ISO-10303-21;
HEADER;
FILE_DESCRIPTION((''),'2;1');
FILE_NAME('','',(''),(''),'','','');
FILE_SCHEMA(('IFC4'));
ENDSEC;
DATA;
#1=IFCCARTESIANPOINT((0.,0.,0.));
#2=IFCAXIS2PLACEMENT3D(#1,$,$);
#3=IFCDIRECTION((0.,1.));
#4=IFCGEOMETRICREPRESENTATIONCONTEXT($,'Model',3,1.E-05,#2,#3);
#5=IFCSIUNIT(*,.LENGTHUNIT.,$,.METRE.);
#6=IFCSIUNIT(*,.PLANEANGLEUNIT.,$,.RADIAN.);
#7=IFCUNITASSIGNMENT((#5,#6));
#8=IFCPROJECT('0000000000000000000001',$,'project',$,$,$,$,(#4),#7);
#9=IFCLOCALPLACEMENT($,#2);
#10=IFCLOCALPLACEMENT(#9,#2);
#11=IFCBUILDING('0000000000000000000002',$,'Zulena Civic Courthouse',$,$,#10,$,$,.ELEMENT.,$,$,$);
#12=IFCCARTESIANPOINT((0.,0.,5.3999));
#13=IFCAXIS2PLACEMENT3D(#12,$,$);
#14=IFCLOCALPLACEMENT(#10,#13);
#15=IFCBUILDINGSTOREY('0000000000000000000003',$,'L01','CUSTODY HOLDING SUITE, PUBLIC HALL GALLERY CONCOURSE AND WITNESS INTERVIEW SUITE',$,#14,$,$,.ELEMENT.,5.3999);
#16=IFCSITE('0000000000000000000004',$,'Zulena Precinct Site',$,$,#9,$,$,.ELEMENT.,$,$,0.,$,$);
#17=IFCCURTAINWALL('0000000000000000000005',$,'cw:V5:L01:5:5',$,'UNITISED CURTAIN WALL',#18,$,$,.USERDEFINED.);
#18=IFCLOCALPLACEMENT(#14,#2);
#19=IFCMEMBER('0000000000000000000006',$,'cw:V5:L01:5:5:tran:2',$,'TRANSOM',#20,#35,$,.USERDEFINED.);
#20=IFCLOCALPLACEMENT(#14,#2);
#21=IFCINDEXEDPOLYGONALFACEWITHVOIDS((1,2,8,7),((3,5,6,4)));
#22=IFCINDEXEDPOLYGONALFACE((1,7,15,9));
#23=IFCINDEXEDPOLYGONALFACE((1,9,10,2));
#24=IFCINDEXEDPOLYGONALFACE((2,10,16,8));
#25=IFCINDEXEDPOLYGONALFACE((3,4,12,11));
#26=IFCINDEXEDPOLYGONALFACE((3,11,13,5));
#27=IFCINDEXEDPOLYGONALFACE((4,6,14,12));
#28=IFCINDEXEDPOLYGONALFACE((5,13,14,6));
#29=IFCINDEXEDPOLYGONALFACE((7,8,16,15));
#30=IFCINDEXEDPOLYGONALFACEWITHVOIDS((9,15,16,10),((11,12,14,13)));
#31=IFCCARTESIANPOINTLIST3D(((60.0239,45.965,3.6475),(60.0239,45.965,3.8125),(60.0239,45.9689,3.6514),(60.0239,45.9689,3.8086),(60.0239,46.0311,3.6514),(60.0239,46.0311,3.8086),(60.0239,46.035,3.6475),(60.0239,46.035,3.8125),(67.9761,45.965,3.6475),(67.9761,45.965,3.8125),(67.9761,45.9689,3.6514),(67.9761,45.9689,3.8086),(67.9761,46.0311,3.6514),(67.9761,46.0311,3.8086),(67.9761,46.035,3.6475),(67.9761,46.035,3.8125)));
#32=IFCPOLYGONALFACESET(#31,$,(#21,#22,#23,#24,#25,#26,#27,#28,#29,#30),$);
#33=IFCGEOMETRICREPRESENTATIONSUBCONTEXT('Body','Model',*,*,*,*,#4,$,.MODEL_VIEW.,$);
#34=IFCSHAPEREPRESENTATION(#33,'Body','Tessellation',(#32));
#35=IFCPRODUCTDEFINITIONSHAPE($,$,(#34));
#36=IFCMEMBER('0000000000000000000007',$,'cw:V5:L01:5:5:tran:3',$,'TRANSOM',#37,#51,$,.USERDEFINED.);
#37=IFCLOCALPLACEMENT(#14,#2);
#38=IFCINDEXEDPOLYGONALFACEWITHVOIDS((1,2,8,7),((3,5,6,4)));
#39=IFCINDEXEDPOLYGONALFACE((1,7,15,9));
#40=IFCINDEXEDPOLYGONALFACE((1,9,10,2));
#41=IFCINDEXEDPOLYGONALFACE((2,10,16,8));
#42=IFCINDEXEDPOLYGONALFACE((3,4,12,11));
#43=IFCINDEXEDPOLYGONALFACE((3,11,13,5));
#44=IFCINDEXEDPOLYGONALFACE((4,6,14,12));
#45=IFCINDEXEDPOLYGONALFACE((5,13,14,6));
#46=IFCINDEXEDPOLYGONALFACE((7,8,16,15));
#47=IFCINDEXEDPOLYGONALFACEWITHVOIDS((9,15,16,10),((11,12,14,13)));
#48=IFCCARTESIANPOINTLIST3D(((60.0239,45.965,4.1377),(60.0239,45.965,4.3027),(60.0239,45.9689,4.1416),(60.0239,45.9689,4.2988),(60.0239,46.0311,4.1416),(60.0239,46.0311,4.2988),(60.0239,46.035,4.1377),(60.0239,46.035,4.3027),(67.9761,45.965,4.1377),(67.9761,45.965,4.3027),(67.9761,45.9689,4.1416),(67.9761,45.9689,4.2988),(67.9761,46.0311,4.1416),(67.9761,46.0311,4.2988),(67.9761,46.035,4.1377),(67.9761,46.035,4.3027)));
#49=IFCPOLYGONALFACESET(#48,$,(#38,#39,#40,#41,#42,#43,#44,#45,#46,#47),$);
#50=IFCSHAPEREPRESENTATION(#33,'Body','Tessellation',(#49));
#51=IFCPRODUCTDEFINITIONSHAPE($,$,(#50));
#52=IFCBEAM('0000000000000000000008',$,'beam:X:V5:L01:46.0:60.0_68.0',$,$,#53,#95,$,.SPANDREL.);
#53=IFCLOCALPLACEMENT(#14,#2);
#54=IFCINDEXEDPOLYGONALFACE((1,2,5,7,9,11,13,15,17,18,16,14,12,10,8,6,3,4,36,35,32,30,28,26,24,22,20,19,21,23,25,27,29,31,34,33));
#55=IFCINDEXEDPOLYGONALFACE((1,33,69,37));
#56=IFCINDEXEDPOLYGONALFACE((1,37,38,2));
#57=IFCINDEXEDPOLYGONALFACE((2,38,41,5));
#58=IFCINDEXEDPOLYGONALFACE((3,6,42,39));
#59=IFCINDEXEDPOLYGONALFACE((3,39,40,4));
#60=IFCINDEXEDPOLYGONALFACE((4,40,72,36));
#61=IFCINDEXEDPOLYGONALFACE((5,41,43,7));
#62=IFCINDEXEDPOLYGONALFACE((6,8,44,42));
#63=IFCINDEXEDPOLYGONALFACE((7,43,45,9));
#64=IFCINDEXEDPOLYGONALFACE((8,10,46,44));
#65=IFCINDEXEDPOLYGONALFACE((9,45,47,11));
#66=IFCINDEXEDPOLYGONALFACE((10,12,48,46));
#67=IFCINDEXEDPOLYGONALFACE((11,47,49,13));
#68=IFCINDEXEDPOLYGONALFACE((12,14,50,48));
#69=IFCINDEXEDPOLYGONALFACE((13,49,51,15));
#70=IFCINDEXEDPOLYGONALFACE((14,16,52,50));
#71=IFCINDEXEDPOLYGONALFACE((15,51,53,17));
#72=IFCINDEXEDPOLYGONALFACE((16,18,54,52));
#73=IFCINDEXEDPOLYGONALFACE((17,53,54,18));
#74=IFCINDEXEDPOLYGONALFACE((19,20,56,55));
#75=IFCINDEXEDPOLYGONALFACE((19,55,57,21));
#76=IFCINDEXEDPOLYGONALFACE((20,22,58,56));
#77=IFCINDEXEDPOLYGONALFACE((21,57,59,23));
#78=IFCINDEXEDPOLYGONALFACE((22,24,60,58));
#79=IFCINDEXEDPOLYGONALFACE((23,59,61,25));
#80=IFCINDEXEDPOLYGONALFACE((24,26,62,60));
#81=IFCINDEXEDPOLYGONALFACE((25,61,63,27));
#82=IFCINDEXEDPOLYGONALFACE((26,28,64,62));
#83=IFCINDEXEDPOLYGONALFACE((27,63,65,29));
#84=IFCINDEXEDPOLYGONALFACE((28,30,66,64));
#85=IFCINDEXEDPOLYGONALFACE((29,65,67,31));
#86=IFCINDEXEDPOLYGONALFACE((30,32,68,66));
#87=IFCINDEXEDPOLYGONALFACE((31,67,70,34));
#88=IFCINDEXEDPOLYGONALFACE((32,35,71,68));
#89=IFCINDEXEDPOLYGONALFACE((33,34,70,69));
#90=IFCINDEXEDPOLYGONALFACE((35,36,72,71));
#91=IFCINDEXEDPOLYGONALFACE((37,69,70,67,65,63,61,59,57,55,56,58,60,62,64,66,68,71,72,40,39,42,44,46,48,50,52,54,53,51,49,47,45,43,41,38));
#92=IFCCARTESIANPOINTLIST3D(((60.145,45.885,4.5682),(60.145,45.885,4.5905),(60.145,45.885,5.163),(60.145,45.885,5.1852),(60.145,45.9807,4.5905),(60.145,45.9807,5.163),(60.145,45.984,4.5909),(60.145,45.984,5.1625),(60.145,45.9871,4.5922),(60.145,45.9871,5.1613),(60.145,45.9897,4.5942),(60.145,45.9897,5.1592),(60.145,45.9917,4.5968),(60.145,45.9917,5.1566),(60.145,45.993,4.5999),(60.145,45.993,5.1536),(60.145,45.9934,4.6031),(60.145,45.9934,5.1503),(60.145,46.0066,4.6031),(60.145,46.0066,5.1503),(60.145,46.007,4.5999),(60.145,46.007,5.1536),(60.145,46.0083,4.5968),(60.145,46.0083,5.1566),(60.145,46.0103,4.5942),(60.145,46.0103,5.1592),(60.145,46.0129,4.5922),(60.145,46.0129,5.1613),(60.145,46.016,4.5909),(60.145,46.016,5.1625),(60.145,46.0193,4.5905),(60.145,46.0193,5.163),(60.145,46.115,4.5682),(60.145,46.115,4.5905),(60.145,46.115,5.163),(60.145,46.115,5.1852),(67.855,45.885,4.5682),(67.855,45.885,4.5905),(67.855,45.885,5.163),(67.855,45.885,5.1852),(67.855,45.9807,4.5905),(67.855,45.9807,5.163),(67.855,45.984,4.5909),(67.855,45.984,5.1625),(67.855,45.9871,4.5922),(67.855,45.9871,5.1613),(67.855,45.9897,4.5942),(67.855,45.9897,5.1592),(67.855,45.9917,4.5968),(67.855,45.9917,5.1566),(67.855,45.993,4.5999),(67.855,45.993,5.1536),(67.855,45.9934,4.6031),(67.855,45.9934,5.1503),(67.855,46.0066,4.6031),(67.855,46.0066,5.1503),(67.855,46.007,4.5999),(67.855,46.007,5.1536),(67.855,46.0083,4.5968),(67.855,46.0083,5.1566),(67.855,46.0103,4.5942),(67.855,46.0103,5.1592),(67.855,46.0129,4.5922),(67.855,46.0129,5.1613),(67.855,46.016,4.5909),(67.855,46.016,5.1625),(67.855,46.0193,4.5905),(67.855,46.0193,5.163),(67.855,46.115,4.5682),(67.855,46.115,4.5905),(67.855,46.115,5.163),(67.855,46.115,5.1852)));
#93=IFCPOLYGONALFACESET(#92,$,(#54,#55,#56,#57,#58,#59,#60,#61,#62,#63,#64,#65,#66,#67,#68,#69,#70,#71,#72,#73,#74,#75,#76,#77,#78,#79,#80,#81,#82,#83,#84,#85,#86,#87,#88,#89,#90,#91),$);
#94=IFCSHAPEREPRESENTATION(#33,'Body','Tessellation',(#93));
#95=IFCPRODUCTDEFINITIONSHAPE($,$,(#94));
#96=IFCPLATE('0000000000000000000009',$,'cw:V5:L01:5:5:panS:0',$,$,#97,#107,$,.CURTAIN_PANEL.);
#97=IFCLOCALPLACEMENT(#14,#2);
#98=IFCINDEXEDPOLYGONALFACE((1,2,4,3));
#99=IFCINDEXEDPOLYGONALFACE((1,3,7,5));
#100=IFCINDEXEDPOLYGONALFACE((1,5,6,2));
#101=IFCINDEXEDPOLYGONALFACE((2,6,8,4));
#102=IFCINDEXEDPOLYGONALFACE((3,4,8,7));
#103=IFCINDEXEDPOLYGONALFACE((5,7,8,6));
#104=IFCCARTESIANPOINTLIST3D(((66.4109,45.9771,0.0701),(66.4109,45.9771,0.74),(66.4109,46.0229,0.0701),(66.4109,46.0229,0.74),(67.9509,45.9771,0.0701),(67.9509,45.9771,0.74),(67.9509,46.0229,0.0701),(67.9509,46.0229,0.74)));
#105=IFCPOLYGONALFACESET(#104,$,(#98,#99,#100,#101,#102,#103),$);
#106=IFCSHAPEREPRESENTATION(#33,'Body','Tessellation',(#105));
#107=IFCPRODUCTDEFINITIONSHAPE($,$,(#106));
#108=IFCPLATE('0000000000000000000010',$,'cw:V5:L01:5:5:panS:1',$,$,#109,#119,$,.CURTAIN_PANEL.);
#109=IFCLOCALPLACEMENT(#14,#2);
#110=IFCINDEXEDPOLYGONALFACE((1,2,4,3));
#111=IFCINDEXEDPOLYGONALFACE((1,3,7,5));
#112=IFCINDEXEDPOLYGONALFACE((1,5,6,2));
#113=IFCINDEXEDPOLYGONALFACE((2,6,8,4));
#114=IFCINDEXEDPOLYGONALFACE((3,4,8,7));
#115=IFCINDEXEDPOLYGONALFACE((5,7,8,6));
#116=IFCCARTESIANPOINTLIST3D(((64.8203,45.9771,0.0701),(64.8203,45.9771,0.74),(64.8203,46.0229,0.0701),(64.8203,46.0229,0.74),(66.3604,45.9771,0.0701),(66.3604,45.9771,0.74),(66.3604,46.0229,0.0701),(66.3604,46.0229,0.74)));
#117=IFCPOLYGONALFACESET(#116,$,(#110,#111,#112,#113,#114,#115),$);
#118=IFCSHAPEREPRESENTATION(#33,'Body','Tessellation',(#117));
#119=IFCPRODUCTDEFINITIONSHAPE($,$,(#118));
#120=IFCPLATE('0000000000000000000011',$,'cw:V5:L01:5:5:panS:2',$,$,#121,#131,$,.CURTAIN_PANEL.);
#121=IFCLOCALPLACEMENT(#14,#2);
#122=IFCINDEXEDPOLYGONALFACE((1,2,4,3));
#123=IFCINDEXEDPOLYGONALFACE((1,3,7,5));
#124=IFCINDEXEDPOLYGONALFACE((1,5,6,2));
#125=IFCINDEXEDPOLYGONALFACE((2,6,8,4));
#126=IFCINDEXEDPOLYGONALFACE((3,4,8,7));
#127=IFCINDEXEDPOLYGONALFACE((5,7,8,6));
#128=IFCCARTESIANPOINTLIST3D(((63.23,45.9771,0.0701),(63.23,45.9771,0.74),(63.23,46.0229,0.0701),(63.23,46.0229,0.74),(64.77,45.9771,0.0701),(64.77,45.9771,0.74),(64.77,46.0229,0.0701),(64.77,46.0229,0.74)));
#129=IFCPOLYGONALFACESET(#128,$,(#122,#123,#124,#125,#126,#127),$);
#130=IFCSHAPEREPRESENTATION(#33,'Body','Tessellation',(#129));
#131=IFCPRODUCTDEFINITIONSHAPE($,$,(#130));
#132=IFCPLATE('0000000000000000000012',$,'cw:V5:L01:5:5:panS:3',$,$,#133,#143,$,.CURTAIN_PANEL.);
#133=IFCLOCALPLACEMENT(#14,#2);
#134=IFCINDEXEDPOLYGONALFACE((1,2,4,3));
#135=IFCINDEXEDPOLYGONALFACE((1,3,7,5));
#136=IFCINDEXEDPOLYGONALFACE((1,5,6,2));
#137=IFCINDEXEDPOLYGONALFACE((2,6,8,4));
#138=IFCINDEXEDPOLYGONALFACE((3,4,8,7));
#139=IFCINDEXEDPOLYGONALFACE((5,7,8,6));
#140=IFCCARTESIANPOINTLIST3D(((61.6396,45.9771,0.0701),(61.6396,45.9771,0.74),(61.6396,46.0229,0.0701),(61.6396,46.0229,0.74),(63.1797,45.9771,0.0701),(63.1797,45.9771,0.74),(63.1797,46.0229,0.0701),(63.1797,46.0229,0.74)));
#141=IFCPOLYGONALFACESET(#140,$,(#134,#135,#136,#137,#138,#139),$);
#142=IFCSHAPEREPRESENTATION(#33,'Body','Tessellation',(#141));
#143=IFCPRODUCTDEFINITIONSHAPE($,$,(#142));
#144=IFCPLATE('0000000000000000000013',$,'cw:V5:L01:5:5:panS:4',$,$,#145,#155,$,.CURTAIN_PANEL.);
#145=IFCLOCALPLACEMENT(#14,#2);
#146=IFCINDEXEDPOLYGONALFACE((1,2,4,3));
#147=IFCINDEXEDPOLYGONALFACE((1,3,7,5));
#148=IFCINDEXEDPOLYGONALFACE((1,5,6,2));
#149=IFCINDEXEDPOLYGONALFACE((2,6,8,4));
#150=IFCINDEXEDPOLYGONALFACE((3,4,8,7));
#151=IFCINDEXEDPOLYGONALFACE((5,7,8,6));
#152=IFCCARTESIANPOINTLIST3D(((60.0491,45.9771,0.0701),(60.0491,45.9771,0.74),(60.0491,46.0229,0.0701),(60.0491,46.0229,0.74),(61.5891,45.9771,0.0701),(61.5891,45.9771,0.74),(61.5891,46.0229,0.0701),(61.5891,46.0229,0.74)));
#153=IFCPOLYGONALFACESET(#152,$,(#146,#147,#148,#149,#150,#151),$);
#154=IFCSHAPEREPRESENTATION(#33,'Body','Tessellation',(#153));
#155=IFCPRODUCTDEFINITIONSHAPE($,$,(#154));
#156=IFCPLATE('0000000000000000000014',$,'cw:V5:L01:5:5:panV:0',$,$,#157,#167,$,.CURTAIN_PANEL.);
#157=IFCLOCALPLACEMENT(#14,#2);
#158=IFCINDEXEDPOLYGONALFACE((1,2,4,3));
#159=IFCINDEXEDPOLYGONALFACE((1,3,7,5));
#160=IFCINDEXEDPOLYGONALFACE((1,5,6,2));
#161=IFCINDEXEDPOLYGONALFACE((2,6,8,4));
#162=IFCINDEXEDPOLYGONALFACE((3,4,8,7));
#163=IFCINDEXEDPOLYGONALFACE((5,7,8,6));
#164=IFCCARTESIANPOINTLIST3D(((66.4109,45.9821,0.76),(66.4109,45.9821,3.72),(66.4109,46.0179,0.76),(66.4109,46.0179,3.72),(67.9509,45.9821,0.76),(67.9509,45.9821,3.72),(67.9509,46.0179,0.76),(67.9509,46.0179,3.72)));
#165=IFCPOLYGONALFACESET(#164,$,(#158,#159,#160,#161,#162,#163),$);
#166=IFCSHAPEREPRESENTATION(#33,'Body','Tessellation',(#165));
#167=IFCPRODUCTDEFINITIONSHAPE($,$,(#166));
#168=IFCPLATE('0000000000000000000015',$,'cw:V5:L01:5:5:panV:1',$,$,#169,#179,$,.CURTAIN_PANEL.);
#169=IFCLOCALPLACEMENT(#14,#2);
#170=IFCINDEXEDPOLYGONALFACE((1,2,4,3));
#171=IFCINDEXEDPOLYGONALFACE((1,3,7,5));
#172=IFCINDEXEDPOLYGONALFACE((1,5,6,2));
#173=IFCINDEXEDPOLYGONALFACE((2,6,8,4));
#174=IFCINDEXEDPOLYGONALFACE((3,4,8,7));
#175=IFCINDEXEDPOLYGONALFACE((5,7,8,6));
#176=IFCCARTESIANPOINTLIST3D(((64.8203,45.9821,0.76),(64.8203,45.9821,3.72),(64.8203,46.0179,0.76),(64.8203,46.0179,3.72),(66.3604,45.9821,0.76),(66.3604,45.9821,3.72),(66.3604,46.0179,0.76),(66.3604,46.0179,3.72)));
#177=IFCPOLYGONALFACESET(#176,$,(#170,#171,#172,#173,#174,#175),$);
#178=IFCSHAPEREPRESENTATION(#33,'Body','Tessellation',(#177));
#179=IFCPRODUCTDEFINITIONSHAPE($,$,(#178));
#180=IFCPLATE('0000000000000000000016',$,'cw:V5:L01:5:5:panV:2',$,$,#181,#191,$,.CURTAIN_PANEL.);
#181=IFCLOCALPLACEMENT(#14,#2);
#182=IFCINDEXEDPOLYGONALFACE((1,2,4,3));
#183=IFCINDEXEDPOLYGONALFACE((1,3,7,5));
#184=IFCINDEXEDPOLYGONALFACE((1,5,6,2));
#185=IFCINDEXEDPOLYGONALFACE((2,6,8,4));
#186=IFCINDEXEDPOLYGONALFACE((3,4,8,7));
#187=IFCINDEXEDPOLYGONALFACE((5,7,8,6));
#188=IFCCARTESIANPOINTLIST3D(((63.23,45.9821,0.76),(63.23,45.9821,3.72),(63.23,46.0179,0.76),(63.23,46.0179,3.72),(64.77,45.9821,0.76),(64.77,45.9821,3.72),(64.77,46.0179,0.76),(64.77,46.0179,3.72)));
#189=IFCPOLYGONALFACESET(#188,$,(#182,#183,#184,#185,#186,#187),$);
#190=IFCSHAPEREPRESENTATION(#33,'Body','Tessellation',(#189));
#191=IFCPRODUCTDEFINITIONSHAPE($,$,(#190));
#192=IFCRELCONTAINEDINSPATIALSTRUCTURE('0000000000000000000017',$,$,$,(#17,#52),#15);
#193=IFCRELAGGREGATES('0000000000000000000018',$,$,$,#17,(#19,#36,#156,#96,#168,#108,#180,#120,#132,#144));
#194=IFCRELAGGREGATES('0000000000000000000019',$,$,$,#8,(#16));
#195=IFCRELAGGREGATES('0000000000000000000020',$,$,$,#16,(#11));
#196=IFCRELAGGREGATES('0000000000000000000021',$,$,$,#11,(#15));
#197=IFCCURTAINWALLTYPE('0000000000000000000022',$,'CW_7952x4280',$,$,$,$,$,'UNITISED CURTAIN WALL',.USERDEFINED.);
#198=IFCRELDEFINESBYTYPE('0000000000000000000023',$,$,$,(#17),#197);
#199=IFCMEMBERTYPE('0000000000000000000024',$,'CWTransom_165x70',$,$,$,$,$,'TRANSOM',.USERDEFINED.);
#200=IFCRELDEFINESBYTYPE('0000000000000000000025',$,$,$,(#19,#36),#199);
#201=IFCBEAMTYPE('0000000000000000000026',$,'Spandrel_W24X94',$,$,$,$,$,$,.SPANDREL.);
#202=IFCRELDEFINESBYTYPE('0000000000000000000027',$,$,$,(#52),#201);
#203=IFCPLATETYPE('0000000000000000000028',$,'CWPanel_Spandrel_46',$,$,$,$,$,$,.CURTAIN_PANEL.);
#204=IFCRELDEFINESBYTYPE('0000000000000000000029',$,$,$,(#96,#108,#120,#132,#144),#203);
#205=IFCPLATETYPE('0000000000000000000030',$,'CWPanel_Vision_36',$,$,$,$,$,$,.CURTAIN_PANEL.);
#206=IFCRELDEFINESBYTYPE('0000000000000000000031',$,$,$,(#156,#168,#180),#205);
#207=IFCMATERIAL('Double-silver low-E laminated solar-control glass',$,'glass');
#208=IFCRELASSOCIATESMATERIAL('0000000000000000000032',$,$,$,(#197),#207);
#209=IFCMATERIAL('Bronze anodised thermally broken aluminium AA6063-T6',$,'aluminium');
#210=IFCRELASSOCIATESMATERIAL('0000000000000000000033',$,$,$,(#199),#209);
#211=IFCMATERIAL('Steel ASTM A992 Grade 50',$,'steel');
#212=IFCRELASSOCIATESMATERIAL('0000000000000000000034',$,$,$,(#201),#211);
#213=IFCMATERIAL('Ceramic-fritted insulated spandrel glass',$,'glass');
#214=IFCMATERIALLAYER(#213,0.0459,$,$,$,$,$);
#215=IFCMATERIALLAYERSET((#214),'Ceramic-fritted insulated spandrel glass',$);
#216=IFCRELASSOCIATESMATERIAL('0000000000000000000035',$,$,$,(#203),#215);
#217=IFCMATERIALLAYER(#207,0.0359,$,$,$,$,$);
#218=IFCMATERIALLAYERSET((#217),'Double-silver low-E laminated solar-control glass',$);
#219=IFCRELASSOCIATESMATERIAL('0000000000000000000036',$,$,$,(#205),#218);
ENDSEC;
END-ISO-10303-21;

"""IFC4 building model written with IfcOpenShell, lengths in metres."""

from ifc_helpers import new_model, si_unit, direction, frame, origin, origin_2d, place, context, subcontext, project, spatial, rectangle, hollow_rectangle, i_section, extrude, material, layer, layer_set, material_profile, profile_set, type_object, element, aggregate, save


model = new_model("IFC4")

# Units and contexts
model_context = context("Model", 3, precision=1e-05, world=origin(), true_north=direction((0.0, 1.0)))
body_context = subcontext(model_context, "Body", "Model", "MODEL_VIEW")
ifc_project = project(units=[si_unit("LENGTHUNIT", "METRE"), si_unit("PLANEANGLEUNIT", "RADIAN")], contexts=[model_context])

# Site, building, storey
site_placement = place(None, origin())
site = spatial("IfcSite", under=ifc_project, at=site_placement, Name="Zulena Precinct Site", CompositionType="ELEMENT", RefElevation=0.0)
building_placement = place(site_placement, origin())
building = spatial("IfcBuilding", under=site, at=building_placement, Name="Zulena Civic Courthouse", CompositionType="ELEMENT")
storey_placement = place(building_placement, frame((0.0, 0.0, 5.3999)))
storey = spatial("IfcBuildingStorey", under=building, at=storey_placement, Name="L01", Description="CUSTODY HOLDING SUITE, PUBLIC HALL GALLERY CONCOURSE AND WITNESS INTERVIEW SUITE", CompositionType="ELEMENT", Elevation=5.3999)

# Shared definitions
ifc_material_1 = material(Name="Steel ASTM A992 Grade 50", Category="steel")

# Curtain wall, members
ifc_material_2 = material(Name="Double-silver low-E laminated solar-control glass", Category="glass")
curtain_wall_type = type_object("IfcCurtainWallType", Name="CW_7952x4280", ElementType="UNITISED CURTAIN WALL", PredefinedType="USERDEFINED", material=ifc_material_2)
curtain_wall_placement = place(storey_placement, origin())
curtain_wall = element("IfcCurtainWall", 1, at=curtain_wall_placement, inside=storey, type_object=curtain_wall_type, Name="cw:V5:L01:5:5", ObjectType="UNITISED CURTAIN WALL", PredefinedType="USERDEFINED")
ifc_material_3 = material(Name="Bronze anodised thermally broken aluminium AA6063-T6", Category="aluminium")
ifc_material_profile_1 = material_profile(ifc_material_3, hollow_rectangle(XDim=0.0701, YDim=0.165, WallThickness=0.0039, at=origin_2d()), Name="CWT165X70X4")
ifc_profile_set_1 = profile_set([ifc_material_profile_1], Name="Bronze anodised thermally broken aluminium AA6063-T6")
member_type_1 = type_object("IfcMemberType", Name="CWTransom_165x70", ElementType="TRANSOM", PredefinedType="USERDEFINED", material=ifc_profile_set_1)
member_1_placement = place(storey_placement, frame((67.9761, 46.0, 3.73), z_axis=(-1.0, 0.0, 0.0), x_axis=(0.0, -1.0, 0.0)))
member_1 = element("IfcMember", 2, at=member_1_placement, type_object=member_type_1, Name="cw:V5:L01:5:5:tran:2", ObjectType="TRANSOM", PredefinedType="USERDEFINED", context=body_context, shape_type="SweptSolid", body=[
    extrude(hollow_rectangle(XDim=0.0701, YDim=0.165, WallThickness=0.0039, at=origin_2d()), origin(), (0.0, 0.0, 1.0), 7.9521),
])
member_2_placement = place(storey_placement, frame((67.9761, 46.0, 4.2202), z_axis=(-1.0, 0.0, 0.0), x_axis=(0.0, -1.0, 0.0)))
member_2 = element("IfcMember", 3, at=member_2_placement, type_object=member_type_1, Name="cw:V5:L01:5:5:tran:3", ObjectType="TRANSOM", PredefinedType="USERDEFINED", context=body_context, shape_type="SweptSolid", body=[
    extrude(hollow_rectangle(XDim=0.0701, YDim=0.165, WallThickness=0.0039, at=origin_2d()), origin(), (0.0, 0.0, 1.0), 7.9521),
])

# Beam
ifc_material_profile_2 = material_profile(ifc_material_1, i_section(OverallWidth=0.23, OverallDepth=0.6169, WebThickness=0.0132, FlangeThickness=0.0222, FilletRadius=0.0127, at=origin_2d()), Name="W24X94")
ifc_profile_set_2 = profile_set([ifc_material_profile_2], Name="Steel ASTM A992 Grade 50")
beam_type_1 = type_object("IfcBeamType", Name="Spandrel_W24X94", PredefinedType="SPANDREL", material=ifc_profile_set_2)
beam_placement = place(storey_placement, frame((60.145, 46.0, 4.8767), z_axis=(1.0, 0.0, 0.0), x_axis=(0.0, 1.0, 0.0)))
element("IfcBeam", 4, at=beam_placement, inside=storey, type_object=beam_type_1, Name="beam:X:V5:L01:46.0:60.0_68.0", PredefinedType="SPANDREL", context=body_context, shape_type="SweptSolid", body=[
    extrude(i_section(OverallWidth=0.23, OverallDepth=0.6169, WebThickness=0.0132, FlangeThickness=0.0222, FilletRadius=0.0127, at=origin_2d()), origin(), (0.0, 0.0, 1.0), 7.71),
])

# Plates
ifc_material_4 = material(Name="Ceramic-fritted insulated spandrel glass", Category="glass")
ifc_layer_1 = layer(ifc_material_4, 0.0459)
ifc_layer_set_1 = layer_set([ifc_layer_1], Name="Ceramic-fritted insulated spandrel glass")
plate_type_1 = type_object("IfcPlateType", Name="CWPanel_Spandrel_46", PredefinedType="CURTAIN_PANEL", material=ifc_layer_set_1)
plate_1_placement = place(storey_placement, frame((67.1809, 46.0, 0.0701), z_axis=(0.0, 0.0, 1.0), x_axis=(-1.0, 0.0, 0.0)))
plate_1 = element("IfcPlate", 5, at=plate_1_placement, type_object=plate_type_1, Name="cw:V5:L01:5:5:panS:0", PredefinedType="CURTAIN_PANEL", context=body_context, shape_type="SweptSolid", body=[
    extrude(rectangle(XDim=1.54, YDim=0.0459, at=origin_2d()), origin(), (0.0, 0.0, 1.0), 0.6699),
])
plate_2_placement = place(storey_placement, frame((65.5903, 46.0, 0.0701), z_axis=(0.0, 0.0, 1.0), x_axis=(-1.0, 0.0, 0.0)))
plate_2 = element("IfcPlate", 6, at=plate_2_placement, type_object=plate_type_1, Name="cw:V5:L01:5:5:panS:1", PredefinedType="CURTAIN_PANEL", context=body_context, shape_type="SweptSolid", body=[
    extrude(rectangle(XDim=1.54, YDim=0.0459, at=origin_2d()), origin(), (0.0, 0.0, 1.0), 0.6699),
])
plate_3_placement = place(storey_placement, frame((64.0, 46.0, 0.0701), z_axis=(0.0, 0.0, 1.0), x_axis=(-1.0, 0.0, 0.0)))
plate_3 = element("IfcPlate", 7, at=plate_3_placement, type_object=plate_type_1, Name="cw:V5:L01:5:5:panS:2", PredefinedType="CURTAIN_PANEL", context=body_context, shape_type="SweptSolid", body=[
    extrude(rectangle(XDim=1.54, YDim=0.0459, at=origin_2d()), origin(), (0.0, 0.0, 1.0), 0.6699),
])
plate_4_placement = place(storey_placement, frame((62.4097, 46.0, 0.0701), z_axis=(0.0, 0.0, 1.0), x_axis=(-1.0, 0.0, 0.0)))
plate_4 = element("IfcPlate", 8, at=plate_4_placement, type_object=plate_type_1, Name="cw:V5:L01:5:5:panS:3", PredefinedType="CURTAIN_PANEL", context=body_context, shape_type="SweptSolid", body=[
    extrude(rectangle(XDim=1.54, YDim=0.0459, at=origin_2d()), origin(), (0.0, 0.0, 1.0), 0.6699),
])
plate_5_placement = place(storey_placement, frame((60.8191, 46.0, 0.0701), z_axis=(0.0, 0.0, 1.0), x_axis=(-1.0, 0.0, 0.0)))
plate_5 = element("IfcPlate", 9, at=plate_5_placement, type_object=plate_type_1, Name="cw:V5:L01:5:5:panS:4", PredefinedType="CURTAIN_PANEL", context=body_context, shape_type="SweptSolid", body=[
    extrude(rectangle(XDim=1.54, YDim=0.0459, at=origin_2d()), origin(), (0.0, 0.0, 1.0), 0.6699),
])
ifc_layer_2 = layer(ifc_material_2, 0.0359)
ifc_layer_set_2 = layer_set([ifc_layer_2], Name="Double-silver low-E laminated solar-control glass")
plate_type_2 = type_object("IfcPlateType", Name="CWPanel_Vision_36", PredefinedType="CURTAIN_PANEL", material=ifc_layer_set_2)
plate_6_placement = place(storey_placement, frame((67.1809, 46.0, 0.76), z_axis=(0.0, 0.0, 1.0), x_axis=(-1.0, 0.0, 0.0)))
plate_6 = element("IfcPlate", 10, at=plate_6_placement, type_object=plate_type_2, Name="cw:V5:L01:5:5:panV:0", PredefinedType="CURTAIN_PANEL", context=body_context, shape_type="SweptSolid", body=[
    extrude(rectangle(XDim=1.54, YDim=0.0359, at=origin_2d()), origin(), (0.0, 0.0, 1.0), 2.96),
])
plate_7_placement = place(storey_placement, frame((65.5903, 46.0, 0.76), z_axis=(0.0, 0.0, 1.0), x_axis=(-1.0, 0.0, 0.0)))
plate_7 = element("IfcPlate", 11, at=plate_7_placement, type_object=plate_type_2, Name="cw:V5:L01:5:5:panV:1", PredefinedType="CURTAIN_PANEL", context=body_context, shape_type="SweptSolid", body=[
    extrude(rectangle(XDim=1.54, YDim=0.0359, at=origin_2d()), origin(), (0.0, 0.0, 1.0), 2.96),
])
plate_8_placement = place(storey_placement, frame((64.0, 46.0, 0.76), z_axis=(0.0, 0.0, 1.0), x_axis=(-1.0, 0.0, 0.0)))
plate_8 = element("IfcPlate", 12, at=plate_8_placement, type_object=plate_type_2, Name="cw:V5:L01:5:5:panV:2", PredefinedType="CURTAIN_PANEL", context=body_context, shape_type="SweptSolid", body=[
    extrude(rectangle(XDim=1.54, YDim=0.0359, at=origin_2d()), origin(), (0.0, 0.0, 1.0), 2.96),
])
aggregate(curtain_wall, [member_1, member_2, plate_6, plate_1, plate_7, plate_2, plate_8, plate_3, plate_4, plate_5])

save(model, "model.ifc")
